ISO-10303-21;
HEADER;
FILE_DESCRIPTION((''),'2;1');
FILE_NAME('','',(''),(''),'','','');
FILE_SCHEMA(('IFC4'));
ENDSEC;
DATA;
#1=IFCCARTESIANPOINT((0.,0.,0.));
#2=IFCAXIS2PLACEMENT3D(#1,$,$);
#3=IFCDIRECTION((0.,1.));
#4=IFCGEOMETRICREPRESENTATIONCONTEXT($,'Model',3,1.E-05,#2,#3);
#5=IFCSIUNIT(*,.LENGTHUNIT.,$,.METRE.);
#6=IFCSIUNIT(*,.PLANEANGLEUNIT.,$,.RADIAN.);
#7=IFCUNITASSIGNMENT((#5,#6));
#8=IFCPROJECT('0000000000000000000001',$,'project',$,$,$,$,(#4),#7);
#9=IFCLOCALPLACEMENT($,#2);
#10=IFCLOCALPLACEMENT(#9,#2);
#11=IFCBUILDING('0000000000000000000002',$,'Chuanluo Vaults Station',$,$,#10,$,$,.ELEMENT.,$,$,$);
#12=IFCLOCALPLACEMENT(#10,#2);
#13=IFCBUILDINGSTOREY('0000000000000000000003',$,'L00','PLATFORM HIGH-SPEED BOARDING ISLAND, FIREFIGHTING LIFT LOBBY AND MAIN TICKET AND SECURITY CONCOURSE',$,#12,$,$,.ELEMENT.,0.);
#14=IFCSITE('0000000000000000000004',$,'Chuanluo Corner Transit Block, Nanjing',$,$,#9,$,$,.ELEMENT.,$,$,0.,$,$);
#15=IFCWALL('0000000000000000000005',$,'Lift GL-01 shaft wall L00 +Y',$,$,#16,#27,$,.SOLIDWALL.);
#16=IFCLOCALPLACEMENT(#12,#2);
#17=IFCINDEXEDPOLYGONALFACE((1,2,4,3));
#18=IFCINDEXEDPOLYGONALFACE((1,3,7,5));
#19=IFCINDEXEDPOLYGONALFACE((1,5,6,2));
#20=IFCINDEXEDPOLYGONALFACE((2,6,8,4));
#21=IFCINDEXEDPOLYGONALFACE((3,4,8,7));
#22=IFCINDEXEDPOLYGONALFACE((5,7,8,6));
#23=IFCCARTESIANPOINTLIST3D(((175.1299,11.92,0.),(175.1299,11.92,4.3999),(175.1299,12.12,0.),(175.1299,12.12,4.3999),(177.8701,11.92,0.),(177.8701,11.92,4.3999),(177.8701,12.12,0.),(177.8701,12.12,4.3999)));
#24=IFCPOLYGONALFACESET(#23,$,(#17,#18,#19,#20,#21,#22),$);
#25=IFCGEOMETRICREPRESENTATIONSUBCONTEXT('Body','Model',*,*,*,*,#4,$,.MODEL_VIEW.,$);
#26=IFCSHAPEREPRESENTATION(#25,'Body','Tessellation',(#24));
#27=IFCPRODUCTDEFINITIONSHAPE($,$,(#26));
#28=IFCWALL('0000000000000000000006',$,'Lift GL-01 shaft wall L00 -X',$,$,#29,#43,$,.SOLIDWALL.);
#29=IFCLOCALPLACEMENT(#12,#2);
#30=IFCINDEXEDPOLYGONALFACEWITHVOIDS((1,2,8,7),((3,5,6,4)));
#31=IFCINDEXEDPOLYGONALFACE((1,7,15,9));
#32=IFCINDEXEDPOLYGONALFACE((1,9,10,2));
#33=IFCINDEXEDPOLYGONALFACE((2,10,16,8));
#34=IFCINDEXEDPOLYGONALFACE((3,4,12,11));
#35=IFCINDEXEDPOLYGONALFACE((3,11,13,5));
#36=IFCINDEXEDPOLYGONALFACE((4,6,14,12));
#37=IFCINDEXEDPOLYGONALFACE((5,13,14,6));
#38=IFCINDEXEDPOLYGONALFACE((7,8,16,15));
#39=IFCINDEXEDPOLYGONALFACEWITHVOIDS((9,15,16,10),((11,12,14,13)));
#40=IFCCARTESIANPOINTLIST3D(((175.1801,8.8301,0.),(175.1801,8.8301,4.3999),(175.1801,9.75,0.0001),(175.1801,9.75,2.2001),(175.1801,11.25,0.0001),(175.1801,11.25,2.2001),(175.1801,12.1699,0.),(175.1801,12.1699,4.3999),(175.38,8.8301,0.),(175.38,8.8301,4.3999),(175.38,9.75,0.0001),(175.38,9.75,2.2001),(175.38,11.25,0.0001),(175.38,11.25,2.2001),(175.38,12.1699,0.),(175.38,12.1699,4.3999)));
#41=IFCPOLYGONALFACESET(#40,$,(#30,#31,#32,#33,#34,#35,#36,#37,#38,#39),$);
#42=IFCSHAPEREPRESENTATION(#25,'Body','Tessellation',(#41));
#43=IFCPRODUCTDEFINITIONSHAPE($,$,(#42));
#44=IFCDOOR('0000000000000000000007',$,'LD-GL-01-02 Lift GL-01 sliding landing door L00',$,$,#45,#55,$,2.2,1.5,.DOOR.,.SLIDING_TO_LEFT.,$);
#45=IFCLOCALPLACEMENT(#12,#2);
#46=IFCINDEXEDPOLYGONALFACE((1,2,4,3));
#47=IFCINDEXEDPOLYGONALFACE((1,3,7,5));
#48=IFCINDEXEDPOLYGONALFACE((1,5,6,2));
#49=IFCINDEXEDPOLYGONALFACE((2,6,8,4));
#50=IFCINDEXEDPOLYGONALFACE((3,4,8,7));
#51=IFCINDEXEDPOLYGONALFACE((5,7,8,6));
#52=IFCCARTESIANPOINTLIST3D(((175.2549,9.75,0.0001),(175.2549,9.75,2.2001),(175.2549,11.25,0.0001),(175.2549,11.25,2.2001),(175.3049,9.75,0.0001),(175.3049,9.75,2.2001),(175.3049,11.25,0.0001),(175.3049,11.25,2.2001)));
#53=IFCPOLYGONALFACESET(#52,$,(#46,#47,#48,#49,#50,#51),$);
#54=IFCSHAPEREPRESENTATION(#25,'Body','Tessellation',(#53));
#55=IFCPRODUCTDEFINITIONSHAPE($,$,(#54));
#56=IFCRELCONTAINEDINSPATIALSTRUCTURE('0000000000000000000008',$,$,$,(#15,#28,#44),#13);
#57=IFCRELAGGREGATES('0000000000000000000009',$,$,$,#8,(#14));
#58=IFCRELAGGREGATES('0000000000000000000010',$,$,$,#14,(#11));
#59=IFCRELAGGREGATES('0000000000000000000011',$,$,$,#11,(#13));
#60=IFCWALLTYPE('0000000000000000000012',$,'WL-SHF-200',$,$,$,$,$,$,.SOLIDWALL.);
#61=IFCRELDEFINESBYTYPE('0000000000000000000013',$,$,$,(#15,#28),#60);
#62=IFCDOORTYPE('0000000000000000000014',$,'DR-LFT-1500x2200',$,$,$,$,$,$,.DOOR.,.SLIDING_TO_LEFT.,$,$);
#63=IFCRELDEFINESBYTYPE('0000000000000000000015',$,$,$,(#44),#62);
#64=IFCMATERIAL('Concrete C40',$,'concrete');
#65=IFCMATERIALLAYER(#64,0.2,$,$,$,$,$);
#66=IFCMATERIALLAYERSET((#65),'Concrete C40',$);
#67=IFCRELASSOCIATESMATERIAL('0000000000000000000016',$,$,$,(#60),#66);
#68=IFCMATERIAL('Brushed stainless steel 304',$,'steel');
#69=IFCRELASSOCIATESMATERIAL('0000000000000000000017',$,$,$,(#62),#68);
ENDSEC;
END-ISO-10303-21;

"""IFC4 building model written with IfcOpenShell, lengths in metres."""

from ifc_helpers import new_model, si_unit, direction, frame, frame_2d, origin, place, context, subcontext, project, spatial, rectangle, extrude, material, layer, layer_set, type_object, element, fill, save


model = new_model("IFC4")

# Units and contexts
model_context = context("Model", 3, precision=1e-05, world=origin(), true_north=direction((0.0, 1.0)))
body_context = subcontext(model_context, "Body", "Model", "MODEL_VIEW")
ifc_project = project(units=[si_unit("LENGTHUNIT", "METRE"), si_unit("PLANEANGLEUNIT", "RADIAN")], contexts=[model_context])

# Site, building, storey
site_placement = place(None, origin())
site = spatial("IfcSite", under=ifc_project, at=site_placement, Name="Chuanluo Corner Transit Block, Nanjing", CompositionType="ELEMENT", RefElevation=0.0)
building_placement = place(site_placement, origin())
building = spatial("IfcBuilding", under=site, at=building_placement, Name="Chuanluo Vaults Station", CompositionType="ELEMENT")
storey_placement = place(building_placement, origin())
storey = spatial("IfcBuildingStorey", under=building, at=storey_placement, Name="L00", Description="PLATFORM HIGH-SPEED BOARDING ISLAND, FIREFIGHTING LIFT LOBBY AND MAIN TICKET AND SECURITY CONCOURSE", CompositionType="ELEMENT", Elevation=0.0)

# Wall
ifc_material_1 = material(Name="Concrete C40", Category="concrete")
ifc_layer_1 = layer(ifc_material_1, 0.2)
ifc_layer_set_1 = layer_set([ifc_layer_1], Name="Concrete C40")
wall_type_1 = type_object("IfcWallType", Name="WL-SHF-200", PredefinedType="SOLIDWALL", material=ifc_layer_set_1)
wall_1_placement = place(storey_placement, frame((177.8701, 12.02, 0.0), z_axis=(0.0, 0.0, 1.0), x_axis=(-1.0, 0.0, 0.0)))
element("IfcWall", 1, at=wall_1_placement, inside=storey, type_object=wall_type_1, Name="Lift GL-01 shaft wall L00 +Y", PredefinedType="SOLIDWALL", context=body_context, shape_type="SweptSolid", body=[
    extrude(rectangle(XDim=2.7402, YDim=0.2, at=frame_2d((1.3701, 0.0))), origin(), (0.0, 0.0, 1.0), 4.3999),
])

# Wall, opening, door
wall_2_placement = place(storey_placement, frame((175.28, 12.1699, 0.0), z_axis=(0.0, 0.0, 1.0), x_axis=(0.0, -1.0, 0.0)))
wall_2 = element("IfcWall", 2, at=wall_2_placement, inside=storey, type_object=wall_type_1, Name="Lift GL-01 shaft wall L00 -X", PredefinedType="SOLIDWALL", context=body_context, shape_type="SweptSolid", body=[
    extrude(rectangle(XDim=3.3398, YDim=0.2, at=frame_2d((1.6699, 0.0))), origin(), (0.0, 0.0, 1.0), 4.3999),
])
opening_1_placement = place(wall_2_placement, frame((0.9199, 0.0, 0.0)))
opening_1 = element("IfcOpeningElement", 3, at=opening_1_placement, cuts=wall_2, PredefinedType="OPENING", context=body_context, shape_type="SweptSolid", body=[
    extrude(rectangle(XDim=1.5, YDim=2.2, at=frame_2d((0.75, 1.1001))), frame((0.0, 0.1101, 0.0), z_axis=(0.0, -1.0, 0.0), x_axis=(1.0, 0.0, 0.0)), (0.0, 0.0, 1.0), 0.22),
])
ifc_material_2 = material(Name="Brushed stainless steel 304", Category="steel")
door_type_1 = type_object("IfcDoorType", Name="DR-LFT-1500x2200", OperationType="SLIDING_TO_LEFT", PredefinedType="DOOR", material=ifc_material_2)
door_1_placement = place(opening_1_placement, origin())
door_1 = element("IfcDoor", 4, at=door_1_placement, inside=storey, type_object=door_type_1, Name="LD-GL-01-02 Lift GL-01 sliding landing door L00", OperationType="SLIDING_TO_LEFT", OverallHeight=2.2, OverallWidth=1.5, PredefinedType="DOOR", context=body_context, shape_type="SweptSolid", body=[
    extrude(rectangle(XDim=1.5, YDim=2.2, at=frame_2d((0.75, 1.1001))), frame((0.0, 0.0249, 0.0), z_axis=(0.0, -1.0, 0.0), x_axis=(1.0, 0.0, 0.0)), (0.0, 0.0, 1.0), 0.05),
])
fill(opening_1, door_1)

save(model, "model.ifc")
